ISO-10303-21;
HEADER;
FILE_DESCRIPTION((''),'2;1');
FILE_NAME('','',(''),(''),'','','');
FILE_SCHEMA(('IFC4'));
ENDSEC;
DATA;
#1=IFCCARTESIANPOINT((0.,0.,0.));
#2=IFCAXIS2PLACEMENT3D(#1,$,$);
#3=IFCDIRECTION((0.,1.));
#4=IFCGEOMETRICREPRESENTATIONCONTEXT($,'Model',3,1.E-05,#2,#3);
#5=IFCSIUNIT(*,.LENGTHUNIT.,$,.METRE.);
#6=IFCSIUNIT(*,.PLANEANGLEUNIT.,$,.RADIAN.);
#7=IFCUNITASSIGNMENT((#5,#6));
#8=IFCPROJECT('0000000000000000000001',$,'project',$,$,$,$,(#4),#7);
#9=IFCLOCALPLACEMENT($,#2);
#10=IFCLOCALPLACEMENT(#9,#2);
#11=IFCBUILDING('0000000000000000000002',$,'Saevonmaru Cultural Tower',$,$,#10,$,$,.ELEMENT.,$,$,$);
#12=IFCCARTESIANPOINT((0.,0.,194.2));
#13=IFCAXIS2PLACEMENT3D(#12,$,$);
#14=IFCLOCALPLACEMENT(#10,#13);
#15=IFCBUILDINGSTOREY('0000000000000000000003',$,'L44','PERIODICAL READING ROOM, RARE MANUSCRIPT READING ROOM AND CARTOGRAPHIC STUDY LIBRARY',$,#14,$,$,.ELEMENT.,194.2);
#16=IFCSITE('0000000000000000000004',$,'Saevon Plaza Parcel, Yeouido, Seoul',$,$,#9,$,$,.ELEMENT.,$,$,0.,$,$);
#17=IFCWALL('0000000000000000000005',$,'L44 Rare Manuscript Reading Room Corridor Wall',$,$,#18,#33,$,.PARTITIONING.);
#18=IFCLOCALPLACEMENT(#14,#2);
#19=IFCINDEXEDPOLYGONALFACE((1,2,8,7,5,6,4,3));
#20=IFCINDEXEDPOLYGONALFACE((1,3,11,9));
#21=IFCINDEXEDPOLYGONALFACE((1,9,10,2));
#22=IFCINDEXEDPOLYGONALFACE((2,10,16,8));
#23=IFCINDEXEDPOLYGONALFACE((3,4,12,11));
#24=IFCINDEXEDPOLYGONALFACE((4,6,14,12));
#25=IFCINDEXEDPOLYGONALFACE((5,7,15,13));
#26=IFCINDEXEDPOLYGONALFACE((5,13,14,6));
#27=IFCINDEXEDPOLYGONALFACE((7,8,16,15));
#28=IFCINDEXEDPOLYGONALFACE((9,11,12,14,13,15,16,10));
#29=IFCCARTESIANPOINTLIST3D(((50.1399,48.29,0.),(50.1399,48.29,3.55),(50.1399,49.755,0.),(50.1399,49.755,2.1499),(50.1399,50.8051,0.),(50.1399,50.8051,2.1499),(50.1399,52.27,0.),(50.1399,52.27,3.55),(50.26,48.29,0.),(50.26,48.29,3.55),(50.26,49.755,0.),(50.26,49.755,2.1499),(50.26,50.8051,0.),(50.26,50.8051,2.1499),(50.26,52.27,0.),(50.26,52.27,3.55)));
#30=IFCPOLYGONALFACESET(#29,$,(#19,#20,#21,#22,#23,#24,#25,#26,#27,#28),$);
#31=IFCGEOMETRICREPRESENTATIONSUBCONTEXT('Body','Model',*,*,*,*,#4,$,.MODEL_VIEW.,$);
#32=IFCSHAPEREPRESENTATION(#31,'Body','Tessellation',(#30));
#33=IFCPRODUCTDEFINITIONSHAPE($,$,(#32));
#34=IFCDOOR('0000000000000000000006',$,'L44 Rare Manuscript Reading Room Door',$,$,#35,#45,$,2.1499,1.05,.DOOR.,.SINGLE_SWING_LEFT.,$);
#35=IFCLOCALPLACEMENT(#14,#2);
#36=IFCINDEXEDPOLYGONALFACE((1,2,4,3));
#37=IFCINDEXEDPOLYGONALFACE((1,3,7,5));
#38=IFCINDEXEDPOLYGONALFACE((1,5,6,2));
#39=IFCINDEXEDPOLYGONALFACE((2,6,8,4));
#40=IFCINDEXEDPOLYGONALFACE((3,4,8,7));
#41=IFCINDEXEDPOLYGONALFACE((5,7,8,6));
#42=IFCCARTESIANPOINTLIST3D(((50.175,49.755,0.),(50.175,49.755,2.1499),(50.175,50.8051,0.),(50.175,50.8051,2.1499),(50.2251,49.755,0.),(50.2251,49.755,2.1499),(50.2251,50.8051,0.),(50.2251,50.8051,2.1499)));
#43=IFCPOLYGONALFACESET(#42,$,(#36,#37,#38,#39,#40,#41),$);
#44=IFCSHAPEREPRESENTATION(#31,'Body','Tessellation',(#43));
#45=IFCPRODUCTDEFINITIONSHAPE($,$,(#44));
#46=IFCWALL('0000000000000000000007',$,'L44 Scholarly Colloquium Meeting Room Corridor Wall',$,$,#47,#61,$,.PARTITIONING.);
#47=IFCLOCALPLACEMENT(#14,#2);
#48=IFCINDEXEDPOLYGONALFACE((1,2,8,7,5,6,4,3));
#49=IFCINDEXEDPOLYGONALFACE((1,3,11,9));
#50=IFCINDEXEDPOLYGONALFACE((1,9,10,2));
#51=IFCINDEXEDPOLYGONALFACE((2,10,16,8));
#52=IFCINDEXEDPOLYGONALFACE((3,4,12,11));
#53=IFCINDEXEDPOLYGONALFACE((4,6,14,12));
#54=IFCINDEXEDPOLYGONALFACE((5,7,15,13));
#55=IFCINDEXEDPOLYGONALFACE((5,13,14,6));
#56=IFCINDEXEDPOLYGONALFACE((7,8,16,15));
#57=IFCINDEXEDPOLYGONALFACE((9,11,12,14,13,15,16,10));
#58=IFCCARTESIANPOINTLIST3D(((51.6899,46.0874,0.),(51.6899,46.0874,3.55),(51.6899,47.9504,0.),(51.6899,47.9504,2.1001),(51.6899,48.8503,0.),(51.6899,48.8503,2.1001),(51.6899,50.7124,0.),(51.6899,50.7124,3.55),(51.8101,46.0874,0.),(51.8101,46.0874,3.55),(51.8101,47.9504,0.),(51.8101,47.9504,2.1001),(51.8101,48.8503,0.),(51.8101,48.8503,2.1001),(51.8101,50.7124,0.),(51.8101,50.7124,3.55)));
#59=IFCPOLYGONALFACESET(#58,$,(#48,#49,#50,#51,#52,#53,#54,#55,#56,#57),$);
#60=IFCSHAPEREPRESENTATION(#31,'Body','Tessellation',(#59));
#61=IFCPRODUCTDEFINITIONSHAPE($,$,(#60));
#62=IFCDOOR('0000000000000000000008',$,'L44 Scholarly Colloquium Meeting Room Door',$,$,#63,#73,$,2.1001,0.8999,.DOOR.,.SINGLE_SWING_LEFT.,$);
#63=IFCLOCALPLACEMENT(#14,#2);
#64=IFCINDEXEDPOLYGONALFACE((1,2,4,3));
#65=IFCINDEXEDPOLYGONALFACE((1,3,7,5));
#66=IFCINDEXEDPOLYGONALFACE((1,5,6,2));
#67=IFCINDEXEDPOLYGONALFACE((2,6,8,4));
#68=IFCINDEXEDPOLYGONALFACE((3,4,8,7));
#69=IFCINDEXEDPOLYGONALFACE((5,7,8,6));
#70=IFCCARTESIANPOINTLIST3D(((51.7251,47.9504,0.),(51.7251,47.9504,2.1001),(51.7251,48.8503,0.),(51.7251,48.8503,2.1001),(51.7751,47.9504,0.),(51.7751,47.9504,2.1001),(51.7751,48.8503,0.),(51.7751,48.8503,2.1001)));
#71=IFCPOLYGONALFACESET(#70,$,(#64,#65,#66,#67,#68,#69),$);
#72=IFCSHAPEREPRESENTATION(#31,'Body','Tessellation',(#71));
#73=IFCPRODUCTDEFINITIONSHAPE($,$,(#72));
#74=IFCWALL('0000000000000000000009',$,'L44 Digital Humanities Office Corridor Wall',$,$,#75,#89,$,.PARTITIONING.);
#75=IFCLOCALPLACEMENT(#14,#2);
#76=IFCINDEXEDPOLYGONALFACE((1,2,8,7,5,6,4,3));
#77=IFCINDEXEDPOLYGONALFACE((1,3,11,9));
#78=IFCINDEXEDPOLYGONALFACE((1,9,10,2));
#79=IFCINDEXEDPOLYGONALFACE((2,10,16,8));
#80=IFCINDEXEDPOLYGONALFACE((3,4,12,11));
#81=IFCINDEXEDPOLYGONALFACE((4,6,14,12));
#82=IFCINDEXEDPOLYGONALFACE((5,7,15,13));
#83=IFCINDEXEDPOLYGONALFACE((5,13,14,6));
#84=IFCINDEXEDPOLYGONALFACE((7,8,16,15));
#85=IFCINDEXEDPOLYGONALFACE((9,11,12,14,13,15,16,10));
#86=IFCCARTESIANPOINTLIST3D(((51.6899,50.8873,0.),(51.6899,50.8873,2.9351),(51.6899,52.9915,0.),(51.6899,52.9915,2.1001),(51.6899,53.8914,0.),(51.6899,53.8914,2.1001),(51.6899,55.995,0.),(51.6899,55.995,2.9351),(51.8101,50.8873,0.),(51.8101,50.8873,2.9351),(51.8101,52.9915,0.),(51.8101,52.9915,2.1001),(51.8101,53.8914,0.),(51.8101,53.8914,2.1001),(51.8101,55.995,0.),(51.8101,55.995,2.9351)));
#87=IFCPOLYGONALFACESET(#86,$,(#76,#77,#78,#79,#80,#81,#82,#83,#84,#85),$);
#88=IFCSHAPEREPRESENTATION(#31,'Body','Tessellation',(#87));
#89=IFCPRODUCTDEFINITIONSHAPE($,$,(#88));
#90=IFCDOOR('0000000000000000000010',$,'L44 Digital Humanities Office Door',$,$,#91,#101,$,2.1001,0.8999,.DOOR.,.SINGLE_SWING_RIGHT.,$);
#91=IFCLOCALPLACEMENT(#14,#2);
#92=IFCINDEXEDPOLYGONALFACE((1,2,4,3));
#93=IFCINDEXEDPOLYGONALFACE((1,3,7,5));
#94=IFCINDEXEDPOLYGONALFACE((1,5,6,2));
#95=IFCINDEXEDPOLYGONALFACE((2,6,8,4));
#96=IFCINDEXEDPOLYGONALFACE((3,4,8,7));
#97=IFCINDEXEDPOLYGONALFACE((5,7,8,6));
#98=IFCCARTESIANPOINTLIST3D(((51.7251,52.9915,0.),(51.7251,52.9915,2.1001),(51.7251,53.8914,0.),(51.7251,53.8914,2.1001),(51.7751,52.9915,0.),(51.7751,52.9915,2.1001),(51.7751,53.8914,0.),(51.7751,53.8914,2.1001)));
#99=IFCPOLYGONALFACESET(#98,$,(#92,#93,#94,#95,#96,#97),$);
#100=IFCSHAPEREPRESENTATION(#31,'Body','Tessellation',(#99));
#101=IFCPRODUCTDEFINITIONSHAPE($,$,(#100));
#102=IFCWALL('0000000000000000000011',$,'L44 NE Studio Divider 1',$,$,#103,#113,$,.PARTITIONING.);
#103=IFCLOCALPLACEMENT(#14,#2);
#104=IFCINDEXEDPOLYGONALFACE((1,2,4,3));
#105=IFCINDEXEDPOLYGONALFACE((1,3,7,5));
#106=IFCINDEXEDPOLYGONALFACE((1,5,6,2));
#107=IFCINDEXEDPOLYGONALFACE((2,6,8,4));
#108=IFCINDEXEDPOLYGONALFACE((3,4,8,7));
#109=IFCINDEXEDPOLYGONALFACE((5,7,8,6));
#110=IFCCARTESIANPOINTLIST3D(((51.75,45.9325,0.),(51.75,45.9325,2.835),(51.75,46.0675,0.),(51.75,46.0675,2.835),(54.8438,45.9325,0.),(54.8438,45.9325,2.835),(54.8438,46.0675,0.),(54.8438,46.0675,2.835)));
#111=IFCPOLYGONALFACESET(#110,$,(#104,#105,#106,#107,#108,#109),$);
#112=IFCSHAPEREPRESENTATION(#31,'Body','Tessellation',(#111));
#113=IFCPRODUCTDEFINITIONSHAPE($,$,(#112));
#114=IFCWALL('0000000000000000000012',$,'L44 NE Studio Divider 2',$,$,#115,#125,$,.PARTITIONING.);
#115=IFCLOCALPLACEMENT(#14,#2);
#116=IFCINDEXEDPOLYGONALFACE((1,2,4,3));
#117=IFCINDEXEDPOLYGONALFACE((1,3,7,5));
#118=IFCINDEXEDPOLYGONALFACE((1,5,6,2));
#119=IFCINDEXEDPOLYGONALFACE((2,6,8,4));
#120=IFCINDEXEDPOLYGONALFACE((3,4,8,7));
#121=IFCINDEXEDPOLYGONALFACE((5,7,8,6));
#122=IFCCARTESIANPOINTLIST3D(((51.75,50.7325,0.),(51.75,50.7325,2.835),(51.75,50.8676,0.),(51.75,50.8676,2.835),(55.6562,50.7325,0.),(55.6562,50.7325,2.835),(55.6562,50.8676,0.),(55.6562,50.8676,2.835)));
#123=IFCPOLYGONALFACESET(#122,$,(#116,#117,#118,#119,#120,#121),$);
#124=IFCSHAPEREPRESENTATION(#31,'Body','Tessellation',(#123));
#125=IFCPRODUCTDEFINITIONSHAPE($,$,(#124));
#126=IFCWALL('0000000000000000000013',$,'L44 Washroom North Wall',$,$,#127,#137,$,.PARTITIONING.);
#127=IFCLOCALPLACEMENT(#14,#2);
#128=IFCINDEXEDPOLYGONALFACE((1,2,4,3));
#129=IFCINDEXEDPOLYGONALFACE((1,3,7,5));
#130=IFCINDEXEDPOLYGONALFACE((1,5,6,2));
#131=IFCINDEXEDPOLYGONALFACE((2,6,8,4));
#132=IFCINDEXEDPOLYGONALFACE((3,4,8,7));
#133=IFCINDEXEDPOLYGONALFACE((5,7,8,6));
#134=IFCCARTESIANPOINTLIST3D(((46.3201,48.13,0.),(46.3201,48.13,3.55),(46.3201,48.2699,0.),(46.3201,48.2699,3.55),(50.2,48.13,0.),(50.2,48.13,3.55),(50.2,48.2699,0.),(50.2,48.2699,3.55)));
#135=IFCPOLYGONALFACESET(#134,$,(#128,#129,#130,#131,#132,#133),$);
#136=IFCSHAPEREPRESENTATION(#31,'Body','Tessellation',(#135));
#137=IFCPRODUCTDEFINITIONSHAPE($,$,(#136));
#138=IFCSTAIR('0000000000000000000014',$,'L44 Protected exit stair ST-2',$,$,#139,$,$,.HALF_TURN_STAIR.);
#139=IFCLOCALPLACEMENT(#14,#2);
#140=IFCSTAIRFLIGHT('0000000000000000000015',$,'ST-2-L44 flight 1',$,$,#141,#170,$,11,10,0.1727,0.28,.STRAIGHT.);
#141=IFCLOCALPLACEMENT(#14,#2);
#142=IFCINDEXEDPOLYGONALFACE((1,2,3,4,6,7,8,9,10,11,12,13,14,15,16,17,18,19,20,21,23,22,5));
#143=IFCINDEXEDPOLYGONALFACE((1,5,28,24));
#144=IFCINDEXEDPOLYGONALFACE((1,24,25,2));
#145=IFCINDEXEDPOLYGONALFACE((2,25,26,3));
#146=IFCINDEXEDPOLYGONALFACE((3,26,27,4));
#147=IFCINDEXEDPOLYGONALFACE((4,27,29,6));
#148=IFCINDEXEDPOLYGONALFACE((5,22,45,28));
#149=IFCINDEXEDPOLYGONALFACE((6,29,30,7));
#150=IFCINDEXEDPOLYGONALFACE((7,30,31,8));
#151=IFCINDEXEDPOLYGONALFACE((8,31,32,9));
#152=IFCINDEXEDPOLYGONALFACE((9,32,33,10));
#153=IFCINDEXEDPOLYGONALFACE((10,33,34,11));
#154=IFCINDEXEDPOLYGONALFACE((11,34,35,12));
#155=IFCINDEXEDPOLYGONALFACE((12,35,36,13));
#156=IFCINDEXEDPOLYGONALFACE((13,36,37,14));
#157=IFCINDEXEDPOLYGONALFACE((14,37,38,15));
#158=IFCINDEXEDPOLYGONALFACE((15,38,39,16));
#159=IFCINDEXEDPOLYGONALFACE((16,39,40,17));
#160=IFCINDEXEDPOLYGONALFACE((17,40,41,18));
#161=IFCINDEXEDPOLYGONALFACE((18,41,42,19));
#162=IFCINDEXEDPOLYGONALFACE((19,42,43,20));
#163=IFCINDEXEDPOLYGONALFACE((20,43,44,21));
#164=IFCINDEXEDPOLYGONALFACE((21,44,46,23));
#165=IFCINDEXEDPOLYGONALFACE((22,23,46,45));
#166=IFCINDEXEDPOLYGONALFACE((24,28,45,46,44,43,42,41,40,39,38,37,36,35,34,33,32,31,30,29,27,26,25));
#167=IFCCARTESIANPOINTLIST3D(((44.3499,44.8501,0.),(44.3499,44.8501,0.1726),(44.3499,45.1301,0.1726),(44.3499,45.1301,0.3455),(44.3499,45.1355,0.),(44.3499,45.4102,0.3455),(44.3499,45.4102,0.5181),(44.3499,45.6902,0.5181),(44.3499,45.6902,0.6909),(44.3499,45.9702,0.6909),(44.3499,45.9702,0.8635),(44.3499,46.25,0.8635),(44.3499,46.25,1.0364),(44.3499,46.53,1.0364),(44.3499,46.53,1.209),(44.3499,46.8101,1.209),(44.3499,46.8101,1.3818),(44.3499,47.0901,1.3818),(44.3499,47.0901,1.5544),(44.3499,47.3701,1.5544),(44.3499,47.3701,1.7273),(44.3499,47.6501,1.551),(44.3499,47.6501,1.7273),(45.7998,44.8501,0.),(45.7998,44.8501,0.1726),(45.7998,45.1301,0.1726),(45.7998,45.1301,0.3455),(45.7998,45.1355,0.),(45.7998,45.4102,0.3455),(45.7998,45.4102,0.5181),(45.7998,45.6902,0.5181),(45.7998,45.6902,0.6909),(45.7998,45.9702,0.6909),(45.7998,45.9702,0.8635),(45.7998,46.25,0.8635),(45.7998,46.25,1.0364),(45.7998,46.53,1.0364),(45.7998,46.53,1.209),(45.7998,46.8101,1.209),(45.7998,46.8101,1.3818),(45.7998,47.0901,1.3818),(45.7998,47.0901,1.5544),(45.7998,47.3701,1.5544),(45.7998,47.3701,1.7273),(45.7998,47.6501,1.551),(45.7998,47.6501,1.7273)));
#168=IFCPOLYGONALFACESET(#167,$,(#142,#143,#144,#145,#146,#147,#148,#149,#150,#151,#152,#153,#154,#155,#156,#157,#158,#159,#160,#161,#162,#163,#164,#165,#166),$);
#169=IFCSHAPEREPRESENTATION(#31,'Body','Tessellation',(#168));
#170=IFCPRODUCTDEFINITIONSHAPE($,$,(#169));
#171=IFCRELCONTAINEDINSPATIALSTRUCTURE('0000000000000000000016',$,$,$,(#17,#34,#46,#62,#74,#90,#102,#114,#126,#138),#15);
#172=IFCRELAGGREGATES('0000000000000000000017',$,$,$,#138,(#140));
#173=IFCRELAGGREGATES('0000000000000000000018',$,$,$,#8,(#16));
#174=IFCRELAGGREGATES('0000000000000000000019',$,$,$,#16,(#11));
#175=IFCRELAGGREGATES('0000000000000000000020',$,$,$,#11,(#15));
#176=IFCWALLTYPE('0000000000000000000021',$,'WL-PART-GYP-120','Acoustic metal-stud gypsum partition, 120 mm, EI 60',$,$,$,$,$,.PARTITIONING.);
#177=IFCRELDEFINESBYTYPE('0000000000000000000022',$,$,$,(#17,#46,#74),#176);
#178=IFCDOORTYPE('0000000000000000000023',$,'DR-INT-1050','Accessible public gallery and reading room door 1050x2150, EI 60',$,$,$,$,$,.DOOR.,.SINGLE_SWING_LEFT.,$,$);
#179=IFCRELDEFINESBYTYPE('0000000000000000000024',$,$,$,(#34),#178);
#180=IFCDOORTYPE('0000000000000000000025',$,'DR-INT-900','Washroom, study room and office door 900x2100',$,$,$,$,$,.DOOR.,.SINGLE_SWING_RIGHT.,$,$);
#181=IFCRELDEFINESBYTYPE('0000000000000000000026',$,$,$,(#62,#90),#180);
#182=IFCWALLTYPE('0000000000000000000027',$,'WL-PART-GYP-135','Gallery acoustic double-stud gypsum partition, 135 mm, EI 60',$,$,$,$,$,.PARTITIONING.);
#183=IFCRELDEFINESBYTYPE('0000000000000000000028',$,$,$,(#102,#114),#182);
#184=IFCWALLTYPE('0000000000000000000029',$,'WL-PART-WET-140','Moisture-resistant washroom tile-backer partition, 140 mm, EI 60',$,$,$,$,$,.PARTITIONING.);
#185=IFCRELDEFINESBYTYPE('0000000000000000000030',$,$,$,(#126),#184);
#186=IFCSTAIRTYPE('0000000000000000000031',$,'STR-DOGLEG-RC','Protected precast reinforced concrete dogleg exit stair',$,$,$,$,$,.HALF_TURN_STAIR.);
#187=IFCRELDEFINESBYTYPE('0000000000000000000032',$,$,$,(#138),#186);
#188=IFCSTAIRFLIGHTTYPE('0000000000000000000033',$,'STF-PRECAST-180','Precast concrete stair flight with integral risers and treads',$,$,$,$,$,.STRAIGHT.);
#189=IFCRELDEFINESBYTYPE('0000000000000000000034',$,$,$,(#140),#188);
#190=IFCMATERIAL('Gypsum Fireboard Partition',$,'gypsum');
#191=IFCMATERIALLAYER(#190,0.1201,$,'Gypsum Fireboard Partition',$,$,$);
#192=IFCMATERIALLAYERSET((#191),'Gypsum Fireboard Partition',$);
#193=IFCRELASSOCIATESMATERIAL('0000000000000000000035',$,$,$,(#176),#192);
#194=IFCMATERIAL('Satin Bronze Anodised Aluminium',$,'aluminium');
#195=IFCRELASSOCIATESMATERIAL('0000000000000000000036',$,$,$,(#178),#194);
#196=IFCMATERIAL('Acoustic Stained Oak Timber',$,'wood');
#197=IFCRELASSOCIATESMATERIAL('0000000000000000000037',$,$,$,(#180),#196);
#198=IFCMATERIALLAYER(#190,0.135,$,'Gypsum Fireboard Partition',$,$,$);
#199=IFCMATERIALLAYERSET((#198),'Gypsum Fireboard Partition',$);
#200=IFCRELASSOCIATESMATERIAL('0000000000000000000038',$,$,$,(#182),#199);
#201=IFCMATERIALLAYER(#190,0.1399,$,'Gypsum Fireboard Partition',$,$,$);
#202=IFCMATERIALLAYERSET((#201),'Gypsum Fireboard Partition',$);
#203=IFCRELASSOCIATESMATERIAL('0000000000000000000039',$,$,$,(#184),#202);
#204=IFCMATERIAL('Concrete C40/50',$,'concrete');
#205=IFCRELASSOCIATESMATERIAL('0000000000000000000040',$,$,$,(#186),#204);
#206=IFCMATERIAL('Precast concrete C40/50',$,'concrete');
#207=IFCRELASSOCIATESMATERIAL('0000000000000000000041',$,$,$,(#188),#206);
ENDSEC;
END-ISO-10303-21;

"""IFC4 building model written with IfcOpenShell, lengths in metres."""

from ifc_helpers import new_model, si_unit, direction, frame, frame_2d, origin, place, context, subcontext, project, spatial, polyline, rectangle, outline, extrude, material, layer, layer_set, type_object, element, fill, aggregate, save


model = new_model("IFC4")

# Units and contexts
model_context = context("Model", 3, precision=1e-05, world=origin(), true_north=direction((0.0, 1.0)))
body_context = subcontext(model_context, "Body", "Model", "MODEL_VIEW")
ifc_project = project(units=[si_unit("LENGTHUNIT", "METRE"), si_unit("PLANEANGLEUNIT", "RADIAN")], contexts=[model_context])

# Site, building, storey
site_placement = place(None, origin())
site = spatial("IfcSite", under=ifc_project, at=site_placement, Name="Saevon Plaza Parcel, Yeouido, Seoul", CompositionType="ELEMENT", RefElevation=0.0)
building_placement = place(site_placement, origin())
building = spatial("IfcBuilding", under=site, at=building_placement, Name="Saevonmaru Cultural Tower", CompositionType="ELEMENT")
storey_placement = place(building_placement, frame((0.0, 0.0, 194.2)))
storey = spatial("IfcBuildingStorey", under=building, at=storey_placement, Name="L44", Description="PERIODICAL READING ROOM, RARE MANUSCRIPT READING ROOM AND CARTOGRAPHIC STUDY LIBRARY", CompositionType="ELEMENT", Elevation=194.2)

# Shared definitions
ifc_material_1 = material(Name="Satin Bronze Anodised Aluminium", Category="aluminium")

# Walls, openings, doors
ifc_material_2 = material(Name="Gypsum Fireboard Partition", Category="gypsum")
ifc_layer_1 = layer(ifc_material_2, 0.1201, Name="Gypsum Fireboard Partition")
ifc_layer_set_1 = layer_set([ifc_layer_1], Name="Gypsum Fireboard Partition")
wall_type_1 = type_object("IfcWallType", Name="WL-PART-GYP-120", Description="Acoustic metal-stud gypsum partition, 120 mm, EI 60", PredefinedType="PARTITIONING", material=ifc_layer_set_1)
wall_1_placement = place(storey_placement, frame((50.2, 48.29, 0.0), z_axis=(0.0, 0.0, 1.0), x_axis=(0.0, 1.0, 0.0)))
wall_1 = element("IfcWall", 1, at=wall_1_placement, inside=storey, type_object=wall_type_1, Name="L44 Rare Manuscript Reading Room Corridor Wall", PredefinedType="PARTITIONING", context=body_context, shape_type="SweptSolid", body=[
    extrude(rectangle(XDim=3.98, YDim=0.1201, at=frame_2d((1.99, 0.0))), origin(), (0.0, 0.0, 1.0), 3.55),
])
opening_1_placement = place(wall_1_placement, frame((1.4651, 0.0, 0.0)))
opening_1 = element("IfcOpeningElement", 2, at=opening_1_placement, cuts=wall_1, PredefinedType="OPENING", context=body_context, shape_type="SweptSolid", body=[
    extrude(rectangle(XDim=1.05, YDim=2.1499, at=frame_2d((0.5249, 1.075))), frame((0.0, 0.0701, 0.0), z_axis=(0.0, -1.0, 0.0), x_axis=(1.0, 0.0, 0.0)), (0.0, 0.0, 1.0), 0.1401),
])
door_type_1 = type_object("IfcDoorType", Name="DR-INT-1050", Description="Accessible public gallery and reading room door 1050x2150, EI 60", OperationType="SINGLE_SWING_LEFT", PredefinedType="DOOR", material=ifc_material_1)
door_1_placement = place(opening_1_placement, origin())
door_1 = element("IfcDoor", 3, at=door_1_placement, inside=storey, type_object=door_type_1, Name="L44 Rare Manuscript Reading Room Door", OperationType="SINGLE_SWING_LEFT", OverallHeight=2.1499, OverallWidth=1.05, PredefinedType="DOOR", context=body_context, shape_type="SweptSolid", body=[
    extrude(rectangle(XDim=1.05, YDim=2.1499, at=frame_2d((0.5249, 1.075))), frame((0.0, 0.0249, 0.0), z_axis=(0.0, -1.0, 0.0), x_axis=(1.0, 0.0, 0.0)), (0.0, 0.0, 1.0), 0.05),
])
fill(opening_1, door_1)
wall_2_placement = place(storey_placement, frame((51.75, 46.0874, 0.0), z_axis=(0.0, 0.0, 1.0), x_axis=(0.0, 1.0, 0.0)))
wall_2 = element("IfcWall", 4, at=wall_2_placement, inside=storey, type_object=wall_type_1, Name="L44 Scholarly Colloquium Meeting Room Corridor Wall", PredefinedType="PARTITIONING", context=body_context, shape_type="SweptSolid", body=[
    extrude(rectangle(XDim=4.625, YDim=0.1201, at=frame_2d((2.3125, 0.0))), origin(), (0.0, 0.0, 1.0), 3.55),
])
opening_2_placement = place(wall_2_placement, frame((1.863, 0.0, 0.0)))
opening_2 = element("IfcOpeningElement", 5, at=opening_2_placement, cuts=wall_2, PredefinedType="OPENING", context=body_context, shape_type="SweptSolid", body=[
    extrude(rectangle(XDim=0.8999, YDim=2.1001, at=frame_2d((0.45, 1.05))), frame((0.0, 0.0701, 0.0), z_axis=(0.0, -1.0, 0.0), x_axis=(1.0, 0.0, 0.0)), (0.0, 0.0, 1.0), 0.1401),
])
ifc_material_3 = material(Name="Acoustic Stained Oak Timber", Category="wood")
door_type_2 = type_object("IfcDoorType", Name="DR-INT-900", Description="Washroom, study room and office door 900x2100", OperationType="SINGLE_SWING_RIGHT", PredefinedType="DOOR", material=ifc_material_3)
door_2_placement = place(opening_2_placement, origin())
door_2 = element("IfcDoor", 6, at=door_2_placement, inside=storey, type_object=door_type_2, Name="L44 Scholarly Colloquium Meeting Room Door", OperationType="SINGLE_SWING_LEFT", OverallHeight=2.1001, OverallWidth=0.8999, PredefinedType="DOOR", context=body_context, shape_type="SweptSolid", body=[
    extrude(rectangle(XDim=0.8999, YDim=2.1001, at=frame_2d((0.45, 1.05))), frame((0.0, 0.0249, 0.0), z_axis=(0.0, -1.0, 0.0), x_axis=(1.0, 0.0, 0.0)), (0.0, 0.0, 1.0), 0.05),
])
fill(opening_2, door_2)
wall_3_placement = place(storey_placement, frame((51.75, 50.8875, 0.0), z_axis=(0.0, 0.0, 1.0), x_axis=(0.0, 1.0, 0.0)))
wall_3 = element("IfcWall", 7, at=wall_3_placement, inside=storey, type_object=wall_type_1, Name="L44 Digital Humanities Office Corridor Wall", PredefinedType="PARTITIONING", context=body_context, shape_type="SweptSolid", body=[
    extrude(rectangle(XDim=5.1077, YDim=0.1201, at=frame_2d((2.5537, 0.0))), origin(), (0.0, 0.0, 1.0), 2.9351),
])
opening_3_placement = place(wall_3_placement, frame((2.104, 0.0, 0.0)))
opening_3 = element("IfcOpeningElement", 8, at=opening_3_placement, cuts=wall_3, PredefinedType="OPENING", context=body_context, shape_type="SweptSolid", body=[
    extrude(rectangle(XDim=0.8999, YDim=2.1001, at=frame_2d((0.45, 1.05))), frame((0.0, 0.0701, 0.0), z_axis=(0.0, -1.0, 0.0), x_axis=(1.0, 0.0, 0.0)), (0.0, 0.0, 1.0), 0.1401),
])
door_3_placement = place(opening_3_placement, origin())
door_3 = element("IfcDoor", 9, at=door_3_placement, inside=storey, type_object=door_type_2, Name="L44 Digital Humanities Office Door", OperationType="SINGLE_SWING_RIGHT", OverallHeight=2.1001, OverallWidth=0.8999, PredefinedType="DOOR", context=body_context, shape_type="SweptSolid", body=[
    extrude(rectangle(XDim=0.8999, YDim=2.1001, at=frame_2d((0.45, 1.05))), frame((0.0, 0.0249, 0.0), z_axis=(0.0, -1.0, 0.0), x_axis=(1.0, 0.0, 0.0)), (0.0, 0.0, 1.0), 0.05),
])
fill(opening_3, door_3)

# Walls
ifc_layer_2 = layer(ifc_material_2, 0.135, Name="Gypsum Fireboard Partition")
ifc_layer_set_2 = layer_set([ifc_layer_2], Name="Gypsum Fireboard Partition")
wall_type_2 = type_object("IfcWallType", Name="WL-PART-GYP-135", Description="Gallery acoustic double-stud gypsum partition, 135 mm, EI 60", PredefinedType="PARTITIONING", material=ifc_layer_set_2)
wall_4_placement = place(storey_placement, frame((51.75, 46.0, 0.0), z_axis=(0.0, 0.0, 1.0), x_axis=(1.0, 0.0, 0.0)))
element("IfcWall", 10, at=wall_4_placement, inside=storey, type_object=wall_type_2, Name="L44 NE Studio Divider 1", PredefinedType="PARTITIONING", context=body_context, shape_type="SweptSolid", body=[
    extrude(rectangle(XDim=3.0938, YDim=0.135, at=frame_2d((1.5469, 0.0))), origin(), (0.0, 0.0, 1.0), 2.835),
])
wall_5_placement = place(storey_placement, frame((51.75, 50.8, 0.0), z_axis=(0.0, 0.0, 1.0), x_axis=(1.0, 0.0, 0.0)))
element("IfcWall", 11, at=wall_5_placement, inside=storey, type_object=wall_type_2, Name="L44 NE Studio Divider 2", PredefinedType="PARTITIONING", context=body_context, shape_type="SweptSolid", body=[
    extrude(rectangle(XDim=3.9062, YDim=0.135, at=frame_2d((1.9531, 0.0))), origin(), (0.0, 0.0, 1.0), 2.835),
])
ifc_layer_3 = layer(ifc_material_2, 0.1399, Name="Gypsum Fireboard Partition")
ifc_layer_set_3 = layer_set([ifc_layer_3], Name="Gypsum Fireboard Partition")
wall_type_3 = type_object("IfcWallType", Name="WL-PART-WET-140", Description="Moisture-resistant washroom tile-backer partition, 140 mm, EI 60", PredefinedType="PARTITIONING", material=ifc_layer_set_3)
wall_6_placement = place(storey_placement, frame((46.3201, 48.2, 0.0), z_axis=(0.0, 0.0, 1.0), x_axis=(1.0, 0.0, 0.0)))
element("IfcWall", 12, at=wall_6_placement, inside=storey, type_object=wall_type_3, Name="L44 Washroom North Wall", PredefinedType="PARTITIONING", context=body_context, shape_type="SweptSolid", body=[
    extrude(rectangle(XDim=3.8799, YDim=0.1399, at=frame_2d((1.9399, 0.0))), origin(), (0.0, 0.0, 1.0), 3.55),
])

# Stair, stair flight
ifc_material_4 = material(Name="Concrete C40/50", Category="concrete")
stair_type = type_object("IfcStairType", Name="STR-DOGLEG-RC", Description="Protected precast reinforced concrete dogleg exit stair", PredefinedType="HALF_TURN_STAIR", material=ifc_material_4)
stair_placement = place(storey_placement, origin())
stair = element("IfcStair", 13, at=stair_placement, inside=storey, type_object=stair_type, Name="L44 Protected exit stair ST-2", PredefinedType="HALF_TURN_STAIR")
ifc_material_5 = material(Name="Precast concrete C40/50", Category="concrete")
stair_flight_type = type_object("IfcStairFlightType", Name="STF-PRECAST-180", Description="Precast concrete stair flight with integral risers and treads", PredefinedType="STRAIGHT", material=ifc_material_5)
stair_flight_placement = place(storey_placement, frame((45.075, 44.8501, 0.0), z_axis=(0.0, 0.0, 1.0), x_axis=(0.0, 1.0, 0.0)))
stair_flight = element("IfcStairFlight", 14, at=stair_flight_placement, type_object=stair_flight_type, Name="ST-2-L44 flight 1", NumberOfRisers=11, NumberOfTreads=10, PredefinedType="STRAIGHT", RiserHeight=0.1727, TreadLength=0.28, context=body_context, shape_type="SweptSolid", body=[
    extrude(outline(polyline([(0.0, 0.0), (0.0, 0.1726), (0.28, 0.1726), (0.28, 0.3455), (0.5601, 0.3455), (0.5601, 0.5181), (0.8401, 0.5181), (0.8401, 0.6909), (1.1201, 0.6909), (1.1201, 0.8635), (1.3999, 0.8635), (1.3999, 1.0364), (1.6799, 1.0364), (1.6799, 1.209), (1.96, 1.209), (1.96, 1.3818), (2.24, 1.3818), (2.24, 1.5544), (2.52, 1.5544), (2.52, 1.7273), (2.8, 1.7273), (2.8, 1.8999), (2.8, 1.551), (0.2854, 0.0), (0.0, 0.0)])), frame((0.0, 0.7251, 0.0), z_axis=(0.0, -1.0, 0.0), x_axis=(1.0, 0.0, 0.0)), (0.0, 0.0, 1.0), 1.45),
])
aggregate(stair, [stair_flight])

save(model, "model.ifc")
